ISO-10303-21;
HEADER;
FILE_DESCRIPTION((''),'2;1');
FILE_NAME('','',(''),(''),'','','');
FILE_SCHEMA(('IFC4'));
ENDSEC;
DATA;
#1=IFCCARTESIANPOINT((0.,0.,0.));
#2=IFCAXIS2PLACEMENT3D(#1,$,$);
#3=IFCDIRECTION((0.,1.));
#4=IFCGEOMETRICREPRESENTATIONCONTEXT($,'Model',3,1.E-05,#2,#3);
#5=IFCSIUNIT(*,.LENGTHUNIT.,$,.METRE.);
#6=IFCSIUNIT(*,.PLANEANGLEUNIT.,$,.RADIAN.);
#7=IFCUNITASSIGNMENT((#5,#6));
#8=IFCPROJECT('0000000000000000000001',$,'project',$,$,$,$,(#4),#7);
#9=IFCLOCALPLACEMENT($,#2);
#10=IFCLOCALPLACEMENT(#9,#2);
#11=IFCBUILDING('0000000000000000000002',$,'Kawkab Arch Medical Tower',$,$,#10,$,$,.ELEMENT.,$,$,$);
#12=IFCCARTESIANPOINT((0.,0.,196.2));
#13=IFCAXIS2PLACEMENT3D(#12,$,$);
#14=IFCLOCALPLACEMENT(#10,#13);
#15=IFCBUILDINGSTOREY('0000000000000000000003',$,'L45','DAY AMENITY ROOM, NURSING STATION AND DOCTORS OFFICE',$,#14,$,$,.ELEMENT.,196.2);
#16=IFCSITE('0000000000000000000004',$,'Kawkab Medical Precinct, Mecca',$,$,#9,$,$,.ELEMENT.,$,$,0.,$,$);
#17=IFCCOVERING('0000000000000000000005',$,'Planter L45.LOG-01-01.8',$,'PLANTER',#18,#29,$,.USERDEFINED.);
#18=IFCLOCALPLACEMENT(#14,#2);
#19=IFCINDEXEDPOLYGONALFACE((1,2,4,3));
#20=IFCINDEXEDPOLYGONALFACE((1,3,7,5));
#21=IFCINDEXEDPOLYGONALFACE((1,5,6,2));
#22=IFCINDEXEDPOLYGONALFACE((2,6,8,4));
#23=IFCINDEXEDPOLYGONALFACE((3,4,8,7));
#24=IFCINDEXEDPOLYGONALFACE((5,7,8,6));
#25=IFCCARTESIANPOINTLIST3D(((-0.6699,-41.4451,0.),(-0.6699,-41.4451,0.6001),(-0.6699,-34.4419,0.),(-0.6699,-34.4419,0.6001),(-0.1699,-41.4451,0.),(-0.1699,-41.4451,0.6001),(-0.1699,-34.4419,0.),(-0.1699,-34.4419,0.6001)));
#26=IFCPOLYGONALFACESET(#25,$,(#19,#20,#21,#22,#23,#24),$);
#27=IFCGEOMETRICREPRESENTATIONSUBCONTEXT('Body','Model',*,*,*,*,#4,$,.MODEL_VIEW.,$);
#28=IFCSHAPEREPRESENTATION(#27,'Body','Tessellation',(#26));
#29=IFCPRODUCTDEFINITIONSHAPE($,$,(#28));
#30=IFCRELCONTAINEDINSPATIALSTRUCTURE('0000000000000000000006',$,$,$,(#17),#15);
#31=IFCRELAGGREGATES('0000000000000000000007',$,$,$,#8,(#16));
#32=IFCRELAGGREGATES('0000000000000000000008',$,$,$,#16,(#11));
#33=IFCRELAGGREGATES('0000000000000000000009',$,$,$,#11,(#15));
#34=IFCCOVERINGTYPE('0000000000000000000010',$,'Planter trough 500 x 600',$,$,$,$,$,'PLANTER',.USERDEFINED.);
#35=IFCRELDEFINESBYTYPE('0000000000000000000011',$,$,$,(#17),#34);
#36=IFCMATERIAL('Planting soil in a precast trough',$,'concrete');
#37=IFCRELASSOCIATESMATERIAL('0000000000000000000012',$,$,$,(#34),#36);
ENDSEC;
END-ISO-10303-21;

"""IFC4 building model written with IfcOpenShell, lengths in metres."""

from ifc_helpers import new_model, si_unit, direction, frame, origin, origin_2d, place, context, subcontext, project, spatial, rectangle, extrude, material, material_profile, profile_set, type_object, element, save


model = new_model("IFC4")

# Units and contexts
model_context = context("Model", 3, precision=1e-05, world=origin(), true_north=direction((0.0, 1.0)))
body_context = subcontext(model_context, "Body", "Model", "MODEL_VIEW")
ifc_project = project(units=[si_unit("LENGTHUNIT", "METRE"), si_unit("PLANEANGLEUNIT", "RADIAN")], contexts=[model_context])

# Site, building, storey
site_placement = place(None, origin())
site = spatial("IfcSite", under=ifc_project, at=site_placement, Name="Kawkab Medical Precinct, Mecca", CompositionType="ELEMENT", RefElevation=0.0)
building_placement = place(site_placement, origin())
building = spatial("IfcBuilding", under=site, at=building_placement, Name="Kawkab Arch Medical Tower", CompositionType="ELEMENT")
storey_placement = place(building_placement, frame((0.0, 0.0, 196.2)))
storey = spatial("IfcBuildingStorey", under=building, at=storey_placement, Name="L45", Description="DAY AMENITY ROOM, NURSING STATION AND DOCTORS OFFICE", CompositionType="ELEMENT", Elevation=196.2)

# Covering
ifc_material_1 = material(Name="Planting soil in a precast trough", Category="concrete")
ifc_material_profile_1 = material_profile(ifc_material_1, rectangle(XDim=0.5, YDim=0.6001, at=origin_2d()), Name="Trough 500x600")
ifc_profile_set_1 = profile_set([ifc_material_profile_1], Name="Planting soil in a precast trough")
covering_type_1 = type_object("IfcCoveringType", Name="Planter trough 500 x 600", ElementType="PLANTER", PredefinedType="USERDEFINED", material=ifc_profile_set_1)
covering_1_placement = place(storey_placement, frame((-0.4199, -41.4451, 0.3), z_axis=(0.0, 1.0, 0.0), x_axis=(-1.0, 0.0, 0.0)))
element("IfcCovering", 1, at=covering_1_placement, inside=storey, type_object=covering_type_1, Name="Planter L45.LOG-01-01.8", ObjectType="PLANTER", PredefinedType="USERDEFINED", context=body_context, shape_type="SweptSolid", body=[
    extrude(rectangle(XDim=0.5, YDim=0.6001, at=origin_2d()), origin(), (0.0, 0.0, 1.0), 7.0032),
])

save(model, "model.ifc")
